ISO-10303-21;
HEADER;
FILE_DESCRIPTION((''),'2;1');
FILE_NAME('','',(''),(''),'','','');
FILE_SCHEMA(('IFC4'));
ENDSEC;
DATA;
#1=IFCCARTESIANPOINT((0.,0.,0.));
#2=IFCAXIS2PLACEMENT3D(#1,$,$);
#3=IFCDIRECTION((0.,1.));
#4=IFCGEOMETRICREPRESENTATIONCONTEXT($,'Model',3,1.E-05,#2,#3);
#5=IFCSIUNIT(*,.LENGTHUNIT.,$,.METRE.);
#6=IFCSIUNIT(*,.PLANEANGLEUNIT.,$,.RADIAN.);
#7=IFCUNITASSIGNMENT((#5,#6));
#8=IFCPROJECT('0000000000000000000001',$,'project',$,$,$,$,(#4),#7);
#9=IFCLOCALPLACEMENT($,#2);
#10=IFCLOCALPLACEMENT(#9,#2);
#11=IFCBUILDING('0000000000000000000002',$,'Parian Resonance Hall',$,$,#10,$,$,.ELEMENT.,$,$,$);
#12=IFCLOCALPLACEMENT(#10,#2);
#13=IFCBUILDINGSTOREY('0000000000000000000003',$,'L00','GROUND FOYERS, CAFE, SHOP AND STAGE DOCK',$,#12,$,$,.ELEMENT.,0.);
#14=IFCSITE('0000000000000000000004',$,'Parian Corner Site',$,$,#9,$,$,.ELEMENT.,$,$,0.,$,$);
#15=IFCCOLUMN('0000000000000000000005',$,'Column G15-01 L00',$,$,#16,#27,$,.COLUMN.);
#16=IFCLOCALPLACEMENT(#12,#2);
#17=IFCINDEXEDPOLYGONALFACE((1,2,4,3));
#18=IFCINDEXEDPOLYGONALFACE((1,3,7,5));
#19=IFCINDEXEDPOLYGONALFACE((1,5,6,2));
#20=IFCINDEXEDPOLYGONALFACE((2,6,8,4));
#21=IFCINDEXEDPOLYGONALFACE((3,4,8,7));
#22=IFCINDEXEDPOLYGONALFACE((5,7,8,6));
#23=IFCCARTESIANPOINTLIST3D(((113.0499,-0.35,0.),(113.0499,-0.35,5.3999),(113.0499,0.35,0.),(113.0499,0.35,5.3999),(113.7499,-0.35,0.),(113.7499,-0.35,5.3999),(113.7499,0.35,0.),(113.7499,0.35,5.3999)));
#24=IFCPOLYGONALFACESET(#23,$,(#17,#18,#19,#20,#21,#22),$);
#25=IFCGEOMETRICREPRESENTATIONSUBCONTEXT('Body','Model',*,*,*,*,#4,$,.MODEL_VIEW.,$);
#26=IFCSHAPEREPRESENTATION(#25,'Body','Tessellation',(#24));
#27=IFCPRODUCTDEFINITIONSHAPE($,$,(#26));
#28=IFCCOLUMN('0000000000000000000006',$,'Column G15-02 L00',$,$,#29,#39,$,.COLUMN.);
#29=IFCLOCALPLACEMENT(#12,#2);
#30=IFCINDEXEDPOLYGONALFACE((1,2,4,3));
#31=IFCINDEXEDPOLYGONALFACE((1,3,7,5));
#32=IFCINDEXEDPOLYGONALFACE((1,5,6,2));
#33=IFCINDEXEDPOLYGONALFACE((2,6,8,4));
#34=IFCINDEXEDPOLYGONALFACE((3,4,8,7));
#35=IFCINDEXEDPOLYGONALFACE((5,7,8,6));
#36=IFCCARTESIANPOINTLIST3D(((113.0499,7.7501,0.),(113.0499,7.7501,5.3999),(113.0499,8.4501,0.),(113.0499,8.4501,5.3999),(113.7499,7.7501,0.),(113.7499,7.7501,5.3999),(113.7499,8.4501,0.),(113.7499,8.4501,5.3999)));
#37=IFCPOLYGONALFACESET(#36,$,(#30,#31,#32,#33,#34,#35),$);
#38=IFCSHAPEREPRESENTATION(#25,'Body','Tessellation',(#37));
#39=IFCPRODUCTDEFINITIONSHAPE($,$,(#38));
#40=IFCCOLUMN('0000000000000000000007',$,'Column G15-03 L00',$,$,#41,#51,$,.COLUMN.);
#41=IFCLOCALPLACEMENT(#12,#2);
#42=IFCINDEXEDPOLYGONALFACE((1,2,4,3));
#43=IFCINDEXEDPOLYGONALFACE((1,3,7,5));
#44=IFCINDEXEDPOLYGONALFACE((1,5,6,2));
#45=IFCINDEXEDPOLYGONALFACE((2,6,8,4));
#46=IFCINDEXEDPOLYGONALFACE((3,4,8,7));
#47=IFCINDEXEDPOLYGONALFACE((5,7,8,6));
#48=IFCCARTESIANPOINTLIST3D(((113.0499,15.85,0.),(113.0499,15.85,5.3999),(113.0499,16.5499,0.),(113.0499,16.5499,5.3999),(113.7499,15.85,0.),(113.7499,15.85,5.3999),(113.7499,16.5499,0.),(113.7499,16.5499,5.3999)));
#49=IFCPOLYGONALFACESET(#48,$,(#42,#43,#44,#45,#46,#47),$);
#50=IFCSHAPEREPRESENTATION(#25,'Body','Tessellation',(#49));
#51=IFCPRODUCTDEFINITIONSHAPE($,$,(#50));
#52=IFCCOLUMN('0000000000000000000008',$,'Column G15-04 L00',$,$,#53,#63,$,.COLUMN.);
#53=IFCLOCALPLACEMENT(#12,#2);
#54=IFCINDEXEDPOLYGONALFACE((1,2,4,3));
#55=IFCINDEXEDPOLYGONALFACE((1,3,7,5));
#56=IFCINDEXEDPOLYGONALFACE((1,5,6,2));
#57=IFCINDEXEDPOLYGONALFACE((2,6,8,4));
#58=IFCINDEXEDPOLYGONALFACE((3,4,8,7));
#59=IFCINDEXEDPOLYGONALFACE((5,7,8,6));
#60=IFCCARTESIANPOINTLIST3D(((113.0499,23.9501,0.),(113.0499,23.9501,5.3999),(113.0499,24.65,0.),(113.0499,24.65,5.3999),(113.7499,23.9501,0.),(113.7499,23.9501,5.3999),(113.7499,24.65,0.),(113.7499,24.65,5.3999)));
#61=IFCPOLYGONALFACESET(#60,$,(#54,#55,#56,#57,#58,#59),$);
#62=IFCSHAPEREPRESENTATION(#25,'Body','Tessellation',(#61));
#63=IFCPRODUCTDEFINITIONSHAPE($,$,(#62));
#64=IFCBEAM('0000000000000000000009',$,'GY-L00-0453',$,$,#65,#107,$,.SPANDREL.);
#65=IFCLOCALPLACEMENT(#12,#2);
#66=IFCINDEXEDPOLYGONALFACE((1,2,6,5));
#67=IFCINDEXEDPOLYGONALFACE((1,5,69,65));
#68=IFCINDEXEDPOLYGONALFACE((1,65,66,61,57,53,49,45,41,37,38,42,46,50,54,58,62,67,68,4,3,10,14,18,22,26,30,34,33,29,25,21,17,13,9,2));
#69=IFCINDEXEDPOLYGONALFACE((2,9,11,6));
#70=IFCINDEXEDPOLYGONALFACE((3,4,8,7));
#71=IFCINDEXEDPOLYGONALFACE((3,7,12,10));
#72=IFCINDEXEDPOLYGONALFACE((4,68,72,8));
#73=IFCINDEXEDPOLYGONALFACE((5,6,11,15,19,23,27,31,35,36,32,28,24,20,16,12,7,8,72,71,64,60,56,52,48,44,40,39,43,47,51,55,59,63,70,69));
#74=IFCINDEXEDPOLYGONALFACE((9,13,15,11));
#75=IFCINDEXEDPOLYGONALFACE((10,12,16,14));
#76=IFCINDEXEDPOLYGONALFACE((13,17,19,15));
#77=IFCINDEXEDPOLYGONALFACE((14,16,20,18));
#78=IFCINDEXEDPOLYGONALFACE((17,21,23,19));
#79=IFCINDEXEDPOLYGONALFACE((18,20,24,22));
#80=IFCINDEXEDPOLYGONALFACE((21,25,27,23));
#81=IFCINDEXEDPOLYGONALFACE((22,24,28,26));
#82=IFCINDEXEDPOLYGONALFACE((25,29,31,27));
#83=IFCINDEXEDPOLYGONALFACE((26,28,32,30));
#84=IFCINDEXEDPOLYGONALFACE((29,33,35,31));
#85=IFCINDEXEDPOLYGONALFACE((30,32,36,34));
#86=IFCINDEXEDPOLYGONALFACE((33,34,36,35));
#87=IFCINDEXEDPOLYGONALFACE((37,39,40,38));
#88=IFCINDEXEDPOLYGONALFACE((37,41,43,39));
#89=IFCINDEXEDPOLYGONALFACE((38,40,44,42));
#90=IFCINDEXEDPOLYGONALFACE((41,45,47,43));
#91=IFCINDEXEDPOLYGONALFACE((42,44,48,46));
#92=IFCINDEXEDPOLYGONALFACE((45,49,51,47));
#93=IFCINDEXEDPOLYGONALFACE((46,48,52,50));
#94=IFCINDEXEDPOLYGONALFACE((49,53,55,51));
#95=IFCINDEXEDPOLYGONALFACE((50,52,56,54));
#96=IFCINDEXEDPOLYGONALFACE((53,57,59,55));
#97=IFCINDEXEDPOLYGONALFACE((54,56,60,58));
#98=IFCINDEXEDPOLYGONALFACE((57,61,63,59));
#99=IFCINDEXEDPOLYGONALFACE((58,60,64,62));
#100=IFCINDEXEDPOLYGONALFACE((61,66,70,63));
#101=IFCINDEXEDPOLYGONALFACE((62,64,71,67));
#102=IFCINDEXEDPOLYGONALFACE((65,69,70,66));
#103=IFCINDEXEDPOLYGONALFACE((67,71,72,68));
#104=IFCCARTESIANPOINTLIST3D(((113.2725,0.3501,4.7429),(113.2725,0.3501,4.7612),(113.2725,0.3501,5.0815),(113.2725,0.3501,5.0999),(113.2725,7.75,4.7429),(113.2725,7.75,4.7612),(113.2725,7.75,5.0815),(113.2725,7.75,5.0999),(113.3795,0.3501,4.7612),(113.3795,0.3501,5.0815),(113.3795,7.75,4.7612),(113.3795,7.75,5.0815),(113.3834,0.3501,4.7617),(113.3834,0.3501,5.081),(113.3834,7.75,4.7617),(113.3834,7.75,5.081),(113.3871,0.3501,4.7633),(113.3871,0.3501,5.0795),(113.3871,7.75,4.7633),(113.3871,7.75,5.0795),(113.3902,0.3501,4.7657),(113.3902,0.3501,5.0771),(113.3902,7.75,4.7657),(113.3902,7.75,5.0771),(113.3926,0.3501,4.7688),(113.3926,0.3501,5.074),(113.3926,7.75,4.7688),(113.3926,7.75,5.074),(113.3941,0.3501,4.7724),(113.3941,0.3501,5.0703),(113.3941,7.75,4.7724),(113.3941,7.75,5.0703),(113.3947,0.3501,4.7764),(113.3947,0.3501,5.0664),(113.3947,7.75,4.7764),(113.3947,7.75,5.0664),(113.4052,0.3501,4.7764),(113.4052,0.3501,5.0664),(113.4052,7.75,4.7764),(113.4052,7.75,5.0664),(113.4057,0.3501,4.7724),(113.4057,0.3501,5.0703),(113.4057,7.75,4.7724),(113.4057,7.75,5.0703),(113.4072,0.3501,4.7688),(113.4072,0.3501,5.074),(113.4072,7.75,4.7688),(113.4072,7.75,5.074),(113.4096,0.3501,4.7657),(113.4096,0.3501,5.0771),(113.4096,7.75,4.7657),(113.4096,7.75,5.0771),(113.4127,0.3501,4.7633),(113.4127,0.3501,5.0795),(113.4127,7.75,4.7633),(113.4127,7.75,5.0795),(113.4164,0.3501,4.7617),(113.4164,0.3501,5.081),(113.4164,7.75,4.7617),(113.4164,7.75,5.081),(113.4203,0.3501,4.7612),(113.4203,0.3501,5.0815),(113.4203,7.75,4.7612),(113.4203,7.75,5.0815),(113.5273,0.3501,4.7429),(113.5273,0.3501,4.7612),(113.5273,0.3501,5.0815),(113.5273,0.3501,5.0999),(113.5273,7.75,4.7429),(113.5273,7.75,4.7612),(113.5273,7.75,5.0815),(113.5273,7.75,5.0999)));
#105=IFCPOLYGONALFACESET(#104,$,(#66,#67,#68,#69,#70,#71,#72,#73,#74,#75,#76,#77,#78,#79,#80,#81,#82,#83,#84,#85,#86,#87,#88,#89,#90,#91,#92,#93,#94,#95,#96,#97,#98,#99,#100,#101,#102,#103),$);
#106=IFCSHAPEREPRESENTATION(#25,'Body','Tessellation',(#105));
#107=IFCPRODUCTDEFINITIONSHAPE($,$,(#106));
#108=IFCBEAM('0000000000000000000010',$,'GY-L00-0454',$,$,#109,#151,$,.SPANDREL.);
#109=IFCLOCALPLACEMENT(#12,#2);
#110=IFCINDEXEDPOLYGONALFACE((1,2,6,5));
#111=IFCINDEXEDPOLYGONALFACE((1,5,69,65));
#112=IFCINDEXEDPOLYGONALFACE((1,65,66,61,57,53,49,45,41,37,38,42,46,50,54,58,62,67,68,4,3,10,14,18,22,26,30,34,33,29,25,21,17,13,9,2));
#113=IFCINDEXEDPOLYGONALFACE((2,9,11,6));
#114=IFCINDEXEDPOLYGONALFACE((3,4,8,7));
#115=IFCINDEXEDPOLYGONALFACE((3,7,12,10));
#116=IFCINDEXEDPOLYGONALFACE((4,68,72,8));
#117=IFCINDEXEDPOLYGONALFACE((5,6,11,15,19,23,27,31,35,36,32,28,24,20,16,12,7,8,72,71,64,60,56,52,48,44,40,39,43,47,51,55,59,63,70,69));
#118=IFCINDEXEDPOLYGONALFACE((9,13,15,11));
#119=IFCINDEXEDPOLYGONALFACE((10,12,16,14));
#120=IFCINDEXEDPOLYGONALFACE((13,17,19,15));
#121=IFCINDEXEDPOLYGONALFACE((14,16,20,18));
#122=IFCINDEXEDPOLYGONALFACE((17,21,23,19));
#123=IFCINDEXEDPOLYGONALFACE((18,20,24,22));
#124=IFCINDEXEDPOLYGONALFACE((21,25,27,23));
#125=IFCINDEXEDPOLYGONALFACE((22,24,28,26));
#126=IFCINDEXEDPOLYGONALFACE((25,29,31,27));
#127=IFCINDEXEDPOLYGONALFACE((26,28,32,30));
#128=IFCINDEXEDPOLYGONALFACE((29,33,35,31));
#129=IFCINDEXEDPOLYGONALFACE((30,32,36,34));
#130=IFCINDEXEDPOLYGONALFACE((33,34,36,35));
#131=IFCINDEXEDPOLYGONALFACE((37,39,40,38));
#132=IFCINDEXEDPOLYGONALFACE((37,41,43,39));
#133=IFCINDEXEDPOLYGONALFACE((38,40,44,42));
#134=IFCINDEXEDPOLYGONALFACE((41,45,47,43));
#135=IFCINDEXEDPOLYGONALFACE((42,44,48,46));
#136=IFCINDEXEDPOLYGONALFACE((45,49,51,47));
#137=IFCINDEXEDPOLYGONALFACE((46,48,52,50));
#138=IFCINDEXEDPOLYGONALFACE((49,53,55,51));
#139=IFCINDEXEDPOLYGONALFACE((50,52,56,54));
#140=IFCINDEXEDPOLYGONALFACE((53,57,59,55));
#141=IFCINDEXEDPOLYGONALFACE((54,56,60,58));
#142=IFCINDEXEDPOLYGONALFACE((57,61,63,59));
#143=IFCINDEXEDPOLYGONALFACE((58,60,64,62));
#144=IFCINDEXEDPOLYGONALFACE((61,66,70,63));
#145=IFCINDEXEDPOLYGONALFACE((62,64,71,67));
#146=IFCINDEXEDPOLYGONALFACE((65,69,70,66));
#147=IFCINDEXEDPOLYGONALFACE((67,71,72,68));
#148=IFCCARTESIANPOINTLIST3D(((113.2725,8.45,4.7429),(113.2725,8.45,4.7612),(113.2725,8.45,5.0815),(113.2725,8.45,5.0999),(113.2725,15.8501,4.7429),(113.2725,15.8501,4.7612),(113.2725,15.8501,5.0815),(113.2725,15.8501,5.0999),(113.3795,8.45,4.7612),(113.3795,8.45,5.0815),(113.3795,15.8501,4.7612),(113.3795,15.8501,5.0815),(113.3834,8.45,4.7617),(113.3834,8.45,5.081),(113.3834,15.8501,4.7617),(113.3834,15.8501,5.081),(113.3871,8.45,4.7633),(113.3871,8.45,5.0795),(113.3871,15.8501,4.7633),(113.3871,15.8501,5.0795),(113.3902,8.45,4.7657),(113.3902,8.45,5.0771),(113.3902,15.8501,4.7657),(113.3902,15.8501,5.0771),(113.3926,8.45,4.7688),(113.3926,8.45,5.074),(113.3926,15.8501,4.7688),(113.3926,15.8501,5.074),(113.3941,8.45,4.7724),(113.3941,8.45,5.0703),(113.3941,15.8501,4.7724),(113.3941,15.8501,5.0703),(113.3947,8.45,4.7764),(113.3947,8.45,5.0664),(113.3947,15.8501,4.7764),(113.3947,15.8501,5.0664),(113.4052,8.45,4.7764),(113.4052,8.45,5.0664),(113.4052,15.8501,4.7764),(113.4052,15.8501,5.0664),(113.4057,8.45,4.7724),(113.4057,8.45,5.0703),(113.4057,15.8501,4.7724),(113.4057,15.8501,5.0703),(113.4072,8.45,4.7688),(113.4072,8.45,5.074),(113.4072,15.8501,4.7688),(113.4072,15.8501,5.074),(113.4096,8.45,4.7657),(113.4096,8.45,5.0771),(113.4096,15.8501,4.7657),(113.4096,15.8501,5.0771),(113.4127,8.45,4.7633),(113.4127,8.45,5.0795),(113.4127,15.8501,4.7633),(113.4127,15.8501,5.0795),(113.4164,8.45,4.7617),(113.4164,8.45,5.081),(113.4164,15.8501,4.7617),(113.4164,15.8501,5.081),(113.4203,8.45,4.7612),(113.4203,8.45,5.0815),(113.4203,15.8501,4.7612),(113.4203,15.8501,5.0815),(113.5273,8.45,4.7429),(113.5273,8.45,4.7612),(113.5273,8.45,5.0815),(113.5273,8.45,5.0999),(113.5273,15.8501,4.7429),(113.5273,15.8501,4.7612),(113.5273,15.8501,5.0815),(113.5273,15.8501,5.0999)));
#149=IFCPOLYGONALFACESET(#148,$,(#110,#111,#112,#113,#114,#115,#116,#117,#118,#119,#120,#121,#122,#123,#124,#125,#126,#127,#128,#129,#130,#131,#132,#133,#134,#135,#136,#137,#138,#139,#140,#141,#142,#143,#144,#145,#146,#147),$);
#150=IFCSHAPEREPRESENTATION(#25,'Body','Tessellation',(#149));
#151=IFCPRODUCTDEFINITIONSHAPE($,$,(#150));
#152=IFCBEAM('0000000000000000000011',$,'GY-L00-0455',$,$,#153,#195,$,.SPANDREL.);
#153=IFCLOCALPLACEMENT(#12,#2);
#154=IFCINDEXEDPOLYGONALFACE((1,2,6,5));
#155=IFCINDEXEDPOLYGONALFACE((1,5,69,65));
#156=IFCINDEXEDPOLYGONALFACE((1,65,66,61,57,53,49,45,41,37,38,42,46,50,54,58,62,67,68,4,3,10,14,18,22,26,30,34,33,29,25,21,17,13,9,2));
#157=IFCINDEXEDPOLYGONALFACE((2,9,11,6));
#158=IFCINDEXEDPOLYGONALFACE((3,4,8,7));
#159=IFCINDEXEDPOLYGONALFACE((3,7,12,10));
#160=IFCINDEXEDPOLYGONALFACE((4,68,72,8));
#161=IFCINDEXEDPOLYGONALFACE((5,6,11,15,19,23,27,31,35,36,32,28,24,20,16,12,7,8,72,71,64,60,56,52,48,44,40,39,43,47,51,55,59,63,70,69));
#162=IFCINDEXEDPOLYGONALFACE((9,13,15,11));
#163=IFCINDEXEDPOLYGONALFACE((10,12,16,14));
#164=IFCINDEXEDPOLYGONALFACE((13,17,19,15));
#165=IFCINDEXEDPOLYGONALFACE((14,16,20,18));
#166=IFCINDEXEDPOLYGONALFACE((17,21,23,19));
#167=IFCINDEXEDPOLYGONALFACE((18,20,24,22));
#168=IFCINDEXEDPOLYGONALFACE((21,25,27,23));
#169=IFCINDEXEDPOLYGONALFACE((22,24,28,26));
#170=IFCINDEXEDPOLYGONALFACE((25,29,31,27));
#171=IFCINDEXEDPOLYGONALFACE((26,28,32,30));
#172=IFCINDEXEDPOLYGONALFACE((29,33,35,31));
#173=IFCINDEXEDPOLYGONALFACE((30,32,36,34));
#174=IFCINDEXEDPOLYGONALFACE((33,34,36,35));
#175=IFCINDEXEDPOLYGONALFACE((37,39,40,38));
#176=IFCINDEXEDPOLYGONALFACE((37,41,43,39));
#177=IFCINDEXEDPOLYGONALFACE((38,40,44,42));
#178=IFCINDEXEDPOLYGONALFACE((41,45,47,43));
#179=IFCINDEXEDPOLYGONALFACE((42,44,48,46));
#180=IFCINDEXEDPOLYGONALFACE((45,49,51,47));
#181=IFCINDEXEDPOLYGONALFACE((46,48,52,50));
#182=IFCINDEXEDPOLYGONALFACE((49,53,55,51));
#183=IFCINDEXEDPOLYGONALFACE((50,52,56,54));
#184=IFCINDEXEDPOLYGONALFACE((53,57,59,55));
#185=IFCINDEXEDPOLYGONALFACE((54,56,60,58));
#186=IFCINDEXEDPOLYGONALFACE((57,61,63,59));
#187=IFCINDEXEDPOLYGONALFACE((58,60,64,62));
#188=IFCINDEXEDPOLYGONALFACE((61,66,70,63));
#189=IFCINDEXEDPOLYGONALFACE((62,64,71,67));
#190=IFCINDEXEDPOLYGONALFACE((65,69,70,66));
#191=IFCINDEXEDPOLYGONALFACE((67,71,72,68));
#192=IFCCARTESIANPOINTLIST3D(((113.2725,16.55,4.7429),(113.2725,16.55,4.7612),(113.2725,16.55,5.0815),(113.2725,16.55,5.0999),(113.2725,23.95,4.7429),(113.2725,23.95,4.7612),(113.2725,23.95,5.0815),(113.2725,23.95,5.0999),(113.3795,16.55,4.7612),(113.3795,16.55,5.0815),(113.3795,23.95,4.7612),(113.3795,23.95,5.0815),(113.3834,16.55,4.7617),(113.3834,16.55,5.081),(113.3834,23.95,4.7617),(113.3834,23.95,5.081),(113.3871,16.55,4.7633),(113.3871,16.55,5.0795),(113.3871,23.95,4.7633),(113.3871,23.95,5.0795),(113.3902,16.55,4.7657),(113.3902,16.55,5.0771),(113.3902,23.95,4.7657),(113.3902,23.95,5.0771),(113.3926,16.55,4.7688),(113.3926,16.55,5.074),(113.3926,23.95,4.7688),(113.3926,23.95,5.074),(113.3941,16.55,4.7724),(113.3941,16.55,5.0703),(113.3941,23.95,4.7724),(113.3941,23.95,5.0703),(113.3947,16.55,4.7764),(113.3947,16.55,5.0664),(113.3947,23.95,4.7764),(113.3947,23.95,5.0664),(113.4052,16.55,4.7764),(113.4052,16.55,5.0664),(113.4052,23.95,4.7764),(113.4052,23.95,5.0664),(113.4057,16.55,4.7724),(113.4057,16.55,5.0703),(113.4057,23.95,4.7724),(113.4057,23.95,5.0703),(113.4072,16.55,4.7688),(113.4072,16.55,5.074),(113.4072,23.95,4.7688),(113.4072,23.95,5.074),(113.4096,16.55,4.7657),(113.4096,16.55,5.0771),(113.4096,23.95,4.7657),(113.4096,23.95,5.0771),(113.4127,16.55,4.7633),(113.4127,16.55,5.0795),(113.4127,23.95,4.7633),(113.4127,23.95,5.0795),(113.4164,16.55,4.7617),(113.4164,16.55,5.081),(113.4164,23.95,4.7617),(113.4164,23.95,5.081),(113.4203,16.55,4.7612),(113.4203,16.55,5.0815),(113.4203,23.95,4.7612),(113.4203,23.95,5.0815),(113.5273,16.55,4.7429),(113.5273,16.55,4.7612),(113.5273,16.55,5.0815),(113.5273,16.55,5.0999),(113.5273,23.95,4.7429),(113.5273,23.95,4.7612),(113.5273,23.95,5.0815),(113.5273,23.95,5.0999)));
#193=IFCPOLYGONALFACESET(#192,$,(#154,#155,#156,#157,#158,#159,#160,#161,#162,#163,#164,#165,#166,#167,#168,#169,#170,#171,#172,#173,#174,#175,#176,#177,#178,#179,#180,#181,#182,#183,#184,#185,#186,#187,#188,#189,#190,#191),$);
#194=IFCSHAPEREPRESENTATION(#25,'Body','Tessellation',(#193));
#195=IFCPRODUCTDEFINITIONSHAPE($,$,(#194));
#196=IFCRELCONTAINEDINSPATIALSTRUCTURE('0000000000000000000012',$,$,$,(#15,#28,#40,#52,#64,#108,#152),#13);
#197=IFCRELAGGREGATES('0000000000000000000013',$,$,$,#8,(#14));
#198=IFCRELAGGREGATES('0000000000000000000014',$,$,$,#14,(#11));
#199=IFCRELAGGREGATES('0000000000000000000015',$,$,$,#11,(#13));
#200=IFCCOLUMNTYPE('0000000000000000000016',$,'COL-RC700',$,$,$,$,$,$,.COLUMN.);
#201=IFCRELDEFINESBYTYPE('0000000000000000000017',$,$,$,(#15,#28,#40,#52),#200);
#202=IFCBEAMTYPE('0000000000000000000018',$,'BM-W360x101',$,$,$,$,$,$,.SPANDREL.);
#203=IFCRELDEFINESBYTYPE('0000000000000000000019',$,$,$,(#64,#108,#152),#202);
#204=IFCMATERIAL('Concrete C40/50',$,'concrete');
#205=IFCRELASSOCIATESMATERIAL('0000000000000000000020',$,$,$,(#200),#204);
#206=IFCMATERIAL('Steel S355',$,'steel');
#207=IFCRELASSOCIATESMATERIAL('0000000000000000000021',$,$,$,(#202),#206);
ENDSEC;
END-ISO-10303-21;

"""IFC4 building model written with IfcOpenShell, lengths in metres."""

from ifc_helpers import new_model, si_unit, direction, frame, origin, origin_2d, place, context, subcontext, project, spatial, rectangle, i_section, extrude, material, material_profile, profile_set, type_object, element, save


model = new_model("IFC4")

# Units and contexts
model_context = context("Model", 3, precision=1e-05, world=origin(), true_north=direction((0.0, 1.0)))
body_context = subcontext(model_context, "Body", "Model", "MODEL_VIEW")
ifc_project = project(units=[si_unit("LENGTHUNIT", "METRE"), si_unit("PLANEANGLEUNIT", "RADIAN")], contexts=[model_context])

# Site, building, storey
site_placement = place(None, origin())
site = spatial("IfcSite", under=ifc_project, at=site_placement, Name="Parian Corner Site", CompositionType="ELEMENT", RefElevation=0.0)
building_placement = place(site_placement, origin())
building = spatial("IfcBuilding", under=site, at=building_placement, Name="Parian Resonance Hall", CompositionType="ELEMENT")
storey_placement = place(building_placement, origin())
storey = spatial("IfcBuildingStorey", under=building, at=storey_placement, Name="L00", Description="GROUND FOYERS, CAFE, SHOP AND STAGE DOCK", CompositionType="ELEMENT", Elevation=0.0)

# Columns
ifc_material_1 = material(Name="Concrete C40/50", Category="concrete")
ifc_material_profile_1 = material_profile(ifc_material_1, rectangle(XDim=0.7, YDim=0.7, at=origin_2d()), Name="RC-COL-700x700")
ifc_profile_set_1 = profile_set([ifc_material_profile_1], Name="Concrete C40/50")
column_type = type_object("IfcColumnType", Name="COL-RC700", PredefinedType="COLUMN", material=ifc_profile_set_1)
for number, where, z_axis, x_axis, name in (
    (1, (113.3999, 0.0, 0.0), (0.0, 0.0, 1.0), (1.0, 0.0, 0.0), "Column G15-01 L00"),
    (2, (113.3999, 8.1001, 0.0), (0.0, 0.0, 1.0), (1.0, 0.0, 0.0), "Column G15-02 L00"),
    (3, (113.3999, 16.2, 0.0), (0.0, 0.0, 1.0), (1.0, 0.0, 0.0), "Column G15-03 L00"),
    (4, (113.3999, 24.3, 0.0), (0.0, 0.0, 1.0), (1.0, 0.0, 0.0), "Column G15-04 L00"),
):
    element("IfcColumn", number, at=place(storey_placement, frame(where, z_axis=z_axis, x_axis=x_axis)), inside=storey, type_object=column_type, Name=name, PredefinedType="COLUMN", context=body_context, shape_type="SweptSolid", body=[
        extrude(rectangle(XDim=0.7, YDim=0.7, at=origin_2d()), origin(), (0.0, 0.0, 1.0), 5.3999),
    ])

# Beams
ifc_material_2 = material(Name="Steel S355", Category="steel")
ifc_material_profile_2 = material_profile(ifc_material_2, i_section(OverallWidth=0.2549, OverallDepth=0.3569, WebThickness=0.0105, FlangeThickness=0.0183, FilletRadius=0.0151, at=origin_2d()), Name="W360x101")
ifc_profile_set_2 = profile_set([ifc_material_profile_2], Name="Steel S355")
beam_type_1 = type_object("IfcBeamType", Name="BM-W360x101", PredefinedType="SPANDREL", material=ifc_profile_set_2)
beam_1_placement = place(storey_placement, frame((113.3999, 0.3501, 4.9214), z_axis=(0.0, 1.0, 0.0), x_axis=(-1.0, 0.0, 0.0)))
element("IfcBeam", 5, at=beam_1_placement, inside=storey, type_object=beam_type_1, Name="GY-L00-0453", PredefinedType="SPANDREL", context=body_context, shape_type="SweptSolid", body=[
    extrude(i_section(OverallWidth=0.2549, OverallDepth=0.3569, WebThickness=0.0105, FlangeThickness=0.0183, FilletRadius=0.0151, at=origin_2d()), origin(), (0.0, 0.0, 1.0), 7.3999),
])
beam_2_placement = place(storey_placement, frame((113.3999, 8.45, 4.9214), z_axis=(0.0, 1.0, 0.0), x_axis=(-1.0, 0.0, 0.0)))
element("IfcBeam", 6, at=beam_2_placement, inside=storey, type_object=beam_type_1, Name="GY-L00-0454", PredefinedType="SPANDREL", context=body_context, shape_type="SweptSolid", body=[
    extrude(i_section(OverallWidth=0.2549, OverallDepth=0.3569, WebThickness=0.0105, FlangeThickness=0.0183, FilletRadius=0.0151, at=origin_2d()), origin(), (0.0, 0.0, 1.0), 7.4001),
])
beam_3_placement = place(storey_placement, frame((113.3999, 16.55, 4.9214), z_axis=(0.0, 1.0, 0.0), x_axis=(-1.0, 0.0, 0.0)))
element("IfcBeam", 7, at=beam_3_placement, inside=storey, type_object=beam_type_1, Name="GY-L00-0455", PredefinedType="SPANDREL", context=body_context, shape_type="SweptSolid", body=[
    extrude(i_section(OverallWidth=0.2549, OverallDepth=0.3569, WebThickness=0.0105, FlangeThickness=0.0183, FilletRadius=0.0151, at=origin_2d()), origin(), (0.0, 0.0, 1.0), 7.3999),
])

save(model, "model.ifc")
